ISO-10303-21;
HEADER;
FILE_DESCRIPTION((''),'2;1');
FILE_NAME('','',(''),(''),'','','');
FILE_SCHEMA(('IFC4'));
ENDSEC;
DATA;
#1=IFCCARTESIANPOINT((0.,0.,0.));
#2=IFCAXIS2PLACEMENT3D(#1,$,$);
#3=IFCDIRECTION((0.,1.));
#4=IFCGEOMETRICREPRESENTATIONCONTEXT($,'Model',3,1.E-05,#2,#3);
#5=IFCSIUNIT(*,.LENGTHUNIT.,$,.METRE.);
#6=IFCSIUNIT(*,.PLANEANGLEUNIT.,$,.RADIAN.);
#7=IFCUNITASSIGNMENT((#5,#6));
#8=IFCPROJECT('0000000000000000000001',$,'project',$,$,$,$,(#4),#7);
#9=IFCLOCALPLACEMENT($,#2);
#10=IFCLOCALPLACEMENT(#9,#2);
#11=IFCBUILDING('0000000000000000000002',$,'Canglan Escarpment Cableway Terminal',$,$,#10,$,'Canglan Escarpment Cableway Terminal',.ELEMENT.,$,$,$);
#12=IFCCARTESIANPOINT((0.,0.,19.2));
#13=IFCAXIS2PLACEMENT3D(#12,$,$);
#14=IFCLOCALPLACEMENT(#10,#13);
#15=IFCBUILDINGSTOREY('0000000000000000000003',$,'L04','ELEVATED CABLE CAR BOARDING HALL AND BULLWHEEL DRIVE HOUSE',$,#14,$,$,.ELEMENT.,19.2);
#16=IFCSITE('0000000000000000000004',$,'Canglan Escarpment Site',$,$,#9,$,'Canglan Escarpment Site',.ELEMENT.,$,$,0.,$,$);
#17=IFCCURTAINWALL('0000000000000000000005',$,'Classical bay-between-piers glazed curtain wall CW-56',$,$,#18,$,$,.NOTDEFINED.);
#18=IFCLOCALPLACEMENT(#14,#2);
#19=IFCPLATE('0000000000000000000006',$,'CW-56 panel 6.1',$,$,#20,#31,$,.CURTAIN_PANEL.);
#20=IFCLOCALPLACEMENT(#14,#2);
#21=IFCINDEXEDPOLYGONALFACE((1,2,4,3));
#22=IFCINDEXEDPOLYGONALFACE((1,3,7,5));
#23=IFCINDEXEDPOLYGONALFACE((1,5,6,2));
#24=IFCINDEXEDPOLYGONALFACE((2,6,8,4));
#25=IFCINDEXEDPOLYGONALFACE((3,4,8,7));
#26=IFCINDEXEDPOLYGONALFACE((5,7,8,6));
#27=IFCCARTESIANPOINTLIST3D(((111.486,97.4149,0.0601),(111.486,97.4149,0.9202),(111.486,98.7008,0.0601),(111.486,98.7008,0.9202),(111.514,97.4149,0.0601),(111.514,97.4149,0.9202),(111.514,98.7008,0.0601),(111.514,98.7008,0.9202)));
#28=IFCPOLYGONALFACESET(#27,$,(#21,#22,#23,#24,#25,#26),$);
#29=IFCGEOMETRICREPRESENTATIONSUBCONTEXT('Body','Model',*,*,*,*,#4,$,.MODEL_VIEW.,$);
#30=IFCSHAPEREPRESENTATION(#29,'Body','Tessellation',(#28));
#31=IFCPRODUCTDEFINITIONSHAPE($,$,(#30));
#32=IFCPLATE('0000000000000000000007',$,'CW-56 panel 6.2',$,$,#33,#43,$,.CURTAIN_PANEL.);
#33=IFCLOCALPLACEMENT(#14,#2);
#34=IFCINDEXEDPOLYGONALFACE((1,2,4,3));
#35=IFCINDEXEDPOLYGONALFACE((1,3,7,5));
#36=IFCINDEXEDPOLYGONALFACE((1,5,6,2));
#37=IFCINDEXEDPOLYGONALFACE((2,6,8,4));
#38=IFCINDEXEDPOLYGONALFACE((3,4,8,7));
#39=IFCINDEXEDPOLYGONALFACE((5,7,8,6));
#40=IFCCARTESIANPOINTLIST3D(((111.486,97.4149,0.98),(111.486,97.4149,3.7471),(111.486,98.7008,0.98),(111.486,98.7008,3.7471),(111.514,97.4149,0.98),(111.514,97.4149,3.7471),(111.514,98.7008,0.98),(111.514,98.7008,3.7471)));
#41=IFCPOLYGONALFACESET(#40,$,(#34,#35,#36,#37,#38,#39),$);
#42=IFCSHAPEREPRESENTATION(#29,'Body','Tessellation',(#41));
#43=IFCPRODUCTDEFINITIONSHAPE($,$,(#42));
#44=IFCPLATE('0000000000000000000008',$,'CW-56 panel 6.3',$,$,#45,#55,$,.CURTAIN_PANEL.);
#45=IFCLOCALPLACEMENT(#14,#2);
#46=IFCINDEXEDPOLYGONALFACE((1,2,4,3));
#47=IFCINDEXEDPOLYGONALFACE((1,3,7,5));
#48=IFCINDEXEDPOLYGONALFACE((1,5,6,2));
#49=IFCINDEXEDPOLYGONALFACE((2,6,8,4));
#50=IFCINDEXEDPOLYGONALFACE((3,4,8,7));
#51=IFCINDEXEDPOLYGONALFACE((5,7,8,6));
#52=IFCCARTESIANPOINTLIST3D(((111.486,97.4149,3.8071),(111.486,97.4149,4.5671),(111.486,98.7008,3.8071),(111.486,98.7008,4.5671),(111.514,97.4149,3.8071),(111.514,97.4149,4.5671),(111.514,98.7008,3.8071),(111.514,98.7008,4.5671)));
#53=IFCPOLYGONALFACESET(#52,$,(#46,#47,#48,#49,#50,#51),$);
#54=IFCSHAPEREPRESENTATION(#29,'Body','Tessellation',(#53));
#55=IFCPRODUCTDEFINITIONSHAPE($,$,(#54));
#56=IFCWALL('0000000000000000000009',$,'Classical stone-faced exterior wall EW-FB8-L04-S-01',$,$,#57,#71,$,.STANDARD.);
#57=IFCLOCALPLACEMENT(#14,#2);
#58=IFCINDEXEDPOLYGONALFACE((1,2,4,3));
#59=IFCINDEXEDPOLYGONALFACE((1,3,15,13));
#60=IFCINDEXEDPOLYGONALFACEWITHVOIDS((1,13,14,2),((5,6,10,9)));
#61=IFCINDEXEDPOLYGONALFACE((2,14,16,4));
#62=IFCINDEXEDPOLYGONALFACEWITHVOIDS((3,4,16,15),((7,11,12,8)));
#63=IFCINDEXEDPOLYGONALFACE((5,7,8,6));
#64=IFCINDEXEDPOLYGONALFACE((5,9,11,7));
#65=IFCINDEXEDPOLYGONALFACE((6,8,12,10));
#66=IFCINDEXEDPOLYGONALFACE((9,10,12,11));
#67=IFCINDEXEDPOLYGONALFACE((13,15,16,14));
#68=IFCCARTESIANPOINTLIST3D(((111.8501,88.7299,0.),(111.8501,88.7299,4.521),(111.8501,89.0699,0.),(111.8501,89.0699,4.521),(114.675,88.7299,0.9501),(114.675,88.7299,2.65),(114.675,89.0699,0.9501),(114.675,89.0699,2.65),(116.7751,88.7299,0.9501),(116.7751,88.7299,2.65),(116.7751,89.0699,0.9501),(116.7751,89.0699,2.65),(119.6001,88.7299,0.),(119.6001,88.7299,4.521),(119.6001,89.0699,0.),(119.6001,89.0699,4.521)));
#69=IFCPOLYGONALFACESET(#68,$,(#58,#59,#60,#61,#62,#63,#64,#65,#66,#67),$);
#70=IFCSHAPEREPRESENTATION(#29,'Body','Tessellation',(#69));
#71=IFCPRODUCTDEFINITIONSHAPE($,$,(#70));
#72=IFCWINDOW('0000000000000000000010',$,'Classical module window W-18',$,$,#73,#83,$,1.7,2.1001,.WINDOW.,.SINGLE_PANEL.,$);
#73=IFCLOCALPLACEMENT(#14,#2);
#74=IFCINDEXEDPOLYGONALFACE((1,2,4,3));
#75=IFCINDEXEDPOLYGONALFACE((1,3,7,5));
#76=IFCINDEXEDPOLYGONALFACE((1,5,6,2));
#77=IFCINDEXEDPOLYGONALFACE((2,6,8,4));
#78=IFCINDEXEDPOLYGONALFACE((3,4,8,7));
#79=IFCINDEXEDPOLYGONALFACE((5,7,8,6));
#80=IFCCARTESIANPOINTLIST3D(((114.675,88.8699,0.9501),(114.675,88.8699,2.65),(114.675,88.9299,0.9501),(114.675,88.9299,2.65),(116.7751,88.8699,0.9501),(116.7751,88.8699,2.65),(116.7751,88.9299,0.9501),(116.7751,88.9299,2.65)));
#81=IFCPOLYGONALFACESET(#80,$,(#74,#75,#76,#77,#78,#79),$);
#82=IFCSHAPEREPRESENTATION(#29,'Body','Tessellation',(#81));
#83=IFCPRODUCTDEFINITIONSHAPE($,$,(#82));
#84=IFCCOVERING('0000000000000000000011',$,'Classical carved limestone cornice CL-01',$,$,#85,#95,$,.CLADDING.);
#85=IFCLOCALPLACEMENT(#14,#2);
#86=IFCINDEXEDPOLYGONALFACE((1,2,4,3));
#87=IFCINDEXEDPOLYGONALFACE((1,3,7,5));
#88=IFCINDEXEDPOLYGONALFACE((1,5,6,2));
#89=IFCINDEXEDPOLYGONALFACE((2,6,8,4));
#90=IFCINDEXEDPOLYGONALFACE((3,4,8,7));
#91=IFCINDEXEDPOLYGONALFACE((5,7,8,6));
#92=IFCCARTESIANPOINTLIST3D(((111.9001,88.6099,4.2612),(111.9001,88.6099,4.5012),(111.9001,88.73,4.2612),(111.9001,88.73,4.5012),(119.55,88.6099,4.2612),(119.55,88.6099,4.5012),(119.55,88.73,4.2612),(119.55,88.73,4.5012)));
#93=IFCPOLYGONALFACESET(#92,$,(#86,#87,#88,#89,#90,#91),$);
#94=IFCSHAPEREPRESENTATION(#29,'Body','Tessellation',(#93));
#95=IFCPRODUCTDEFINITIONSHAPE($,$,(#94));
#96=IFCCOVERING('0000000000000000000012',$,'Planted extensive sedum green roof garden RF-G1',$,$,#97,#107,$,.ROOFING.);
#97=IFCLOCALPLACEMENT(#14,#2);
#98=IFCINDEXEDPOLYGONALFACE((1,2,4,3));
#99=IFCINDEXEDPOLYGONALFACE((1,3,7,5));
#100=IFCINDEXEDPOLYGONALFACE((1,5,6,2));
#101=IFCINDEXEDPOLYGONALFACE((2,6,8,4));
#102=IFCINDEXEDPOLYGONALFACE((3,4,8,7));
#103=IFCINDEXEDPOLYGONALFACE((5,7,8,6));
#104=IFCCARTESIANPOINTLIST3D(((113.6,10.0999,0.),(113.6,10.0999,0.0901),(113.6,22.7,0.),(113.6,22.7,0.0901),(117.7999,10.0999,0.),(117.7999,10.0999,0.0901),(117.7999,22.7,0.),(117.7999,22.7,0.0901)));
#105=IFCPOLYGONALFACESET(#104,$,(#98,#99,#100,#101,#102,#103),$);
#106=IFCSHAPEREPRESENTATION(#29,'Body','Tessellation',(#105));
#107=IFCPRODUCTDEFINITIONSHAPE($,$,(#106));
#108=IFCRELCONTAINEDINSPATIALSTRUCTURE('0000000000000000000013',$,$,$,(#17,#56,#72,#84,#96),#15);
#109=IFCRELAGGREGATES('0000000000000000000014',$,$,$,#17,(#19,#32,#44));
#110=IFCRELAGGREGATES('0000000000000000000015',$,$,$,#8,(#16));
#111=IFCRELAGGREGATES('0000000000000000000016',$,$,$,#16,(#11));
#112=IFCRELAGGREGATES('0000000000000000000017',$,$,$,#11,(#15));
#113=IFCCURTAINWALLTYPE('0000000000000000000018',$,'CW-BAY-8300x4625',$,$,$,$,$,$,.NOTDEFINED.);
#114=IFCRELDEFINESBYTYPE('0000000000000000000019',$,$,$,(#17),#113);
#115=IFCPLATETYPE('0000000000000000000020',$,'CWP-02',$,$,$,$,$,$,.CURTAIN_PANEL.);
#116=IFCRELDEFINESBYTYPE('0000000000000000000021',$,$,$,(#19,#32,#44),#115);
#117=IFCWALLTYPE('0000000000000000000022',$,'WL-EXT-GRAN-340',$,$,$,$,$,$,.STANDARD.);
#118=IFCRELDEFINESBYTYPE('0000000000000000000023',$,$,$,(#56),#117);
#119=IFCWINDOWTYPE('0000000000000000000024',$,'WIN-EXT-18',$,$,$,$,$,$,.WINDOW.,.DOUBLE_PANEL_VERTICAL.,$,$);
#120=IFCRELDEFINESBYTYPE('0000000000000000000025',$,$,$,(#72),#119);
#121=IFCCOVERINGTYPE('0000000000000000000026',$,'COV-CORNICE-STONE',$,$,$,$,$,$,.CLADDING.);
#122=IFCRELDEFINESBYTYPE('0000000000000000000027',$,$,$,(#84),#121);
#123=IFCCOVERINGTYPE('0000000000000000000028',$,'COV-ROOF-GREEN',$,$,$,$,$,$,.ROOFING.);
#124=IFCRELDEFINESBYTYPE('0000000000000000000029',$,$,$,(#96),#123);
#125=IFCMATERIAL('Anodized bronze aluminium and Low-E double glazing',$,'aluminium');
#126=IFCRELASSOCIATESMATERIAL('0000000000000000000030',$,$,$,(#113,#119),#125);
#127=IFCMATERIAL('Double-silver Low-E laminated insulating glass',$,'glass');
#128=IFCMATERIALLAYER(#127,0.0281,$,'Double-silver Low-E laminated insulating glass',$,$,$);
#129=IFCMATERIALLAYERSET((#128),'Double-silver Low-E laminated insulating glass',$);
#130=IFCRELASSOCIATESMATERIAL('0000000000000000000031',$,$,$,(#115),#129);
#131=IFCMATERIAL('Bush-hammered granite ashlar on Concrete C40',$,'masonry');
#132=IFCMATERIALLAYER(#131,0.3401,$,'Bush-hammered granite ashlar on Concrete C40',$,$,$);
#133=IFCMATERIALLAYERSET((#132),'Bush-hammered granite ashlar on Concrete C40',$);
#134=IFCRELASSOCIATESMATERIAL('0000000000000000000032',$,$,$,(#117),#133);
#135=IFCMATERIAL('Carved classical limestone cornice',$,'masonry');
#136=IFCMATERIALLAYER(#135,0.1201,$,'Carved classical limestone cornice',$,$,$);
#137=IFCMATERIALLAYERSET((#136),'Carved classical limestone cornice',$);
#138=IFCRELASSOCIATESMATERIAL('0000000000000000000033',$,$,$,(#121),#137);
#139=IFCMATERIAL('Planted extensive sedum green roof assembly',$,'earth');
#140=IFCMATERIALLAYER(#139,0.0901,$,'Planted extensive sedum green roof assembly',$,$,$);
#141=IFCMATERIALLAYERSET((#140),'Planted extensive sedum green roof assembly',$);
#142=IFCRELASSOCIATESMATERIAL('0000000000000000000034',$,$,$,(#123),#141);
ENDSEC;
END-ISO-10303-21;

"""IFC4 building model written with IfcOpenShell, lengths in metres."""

from ifc_helpers import new_model, si_unit, direction, frame, frame_2d, origin, origin_2d, place, context, subcontext, project, spatial, rectangle, extrude, material, layer, layer_set, type_object, element, fill, aggregate, save


model = new_model("IFC4")

# Units and contexts
model_context = context("Model", 3, precision=1e-05, world=origin(), true_north=direction((0.0, 1.0)))
body_context = subcontext(model_context, "Body", "Model", "MODEL_VIEW")
ifc_project = project(units=[si_unit("LENGTHUNIT", "METRE"), si_unit("PLANEANGLEUNIT", "RADIAN")], contexts=[model_context])

# Site, building, storey
site_placement = place(None, origin())
site = spatial("IfcSite", under=ifc_project, at=site_placement, Name="Canglan Escarpment Site", LongName="Canglan Escarpment Site", CompositionType="ELEMENT", RefElevation=0.0)
building_placement = place(site_placement, origin())
building = spatial("IfcBuilding", under=site, at=building_placement, Name="Canglan Escarpment Cableway Terminal", LongName="Canglan Escarpment Cableway Terminal", CompositionType="ELEMENT")
storey_placement = place(building_placement, frame((0.0, 0.0, 19.2)))
storey = spatial("IfcBuildingStorey", under=building, at=storey_placement, Name="L04", Description="ELEVATED CABLE CAR BOARDING HALL AND BULLWHEEL DRIVE HOUSE", CompositionType="ELEMENT", Elevation=19.2)

# Curtain wall
ifc_material_1 = material(Name="Anodized bronze aluminium and Low-E double glazing", Category="aluminium")
curtain_wall_type = type_object("IfcCurtainWallType", Name="CW-BAY-8300x4625", PredefinedType="NOTDEFINED", material=ifc_material_1)
curtain_wall_placement = place(storey_placement, origin())
curtain_wall = element("IfcCurtainWall", 1, at=curtain_wall_placement, inside=storey, type_object=curtain_wall_type, Name="Classical bay-between-piers glazed curtain wall CW-56", PredefinedType="NOTDEFINED")

# Plates
ifc_material_2 = material(Name="Double-silver Low-E laminated insulating glass", Category="glass")
ifc_layer_1 = layer(ifc_material_2, 0.0281, Name="Double-silver Low-E laminated insulating glass")
ifc_layer_set_1 = layer_set([ifc_layer_1], Name="Double-silver Low-E laminated insulating glass")
plate_type = type_object("IfcPlateType", Name="CWP-02", PredefinedType="CURTAIN_PANEL", material=ifc_layer_set_1)
plate_1_placement = place(storey_placement, frame((111.5, 98.0579, 0.0601), z_axis=(0.0, 0.0, 1.0), x_axis=(0.0, -1.0, 0.0)))
plate_1 = element("IfcPlate", 2, at=plate_1_placement, type_object=plate_type, Name="CW-56 panel 6.1", PredefinedType="CURTAIN_PANEL", context=body_context, shape_type="SweptSolid", body=[
    extrude(rectangle(XDim=1.2859, YDim=0.0281, at=origin_2d()), origin(), (0.0, 0.0, 1.0), 0.8601),
])
plate_2_placement = place(storey_placement, frame((111.5, 98.0579, 0.98), z_axis=(0.0, 0.0, 1.0), x_axis=(0.0, -1.0, 0.0)))
plate_2 = element("IfcPlate", 3, at=plate_2_placement, type_object=plate_type, Name="CW-56 panel 6.2", PredefinedType="CURTAIN_PANEL", context=body_context, shape_type="SweptSolid", body=[
    extrude(rectangle(XDim=1.2859, YDim=0.0281, at=origin_2d()), origin(), (0.0, 0.0, 1.0), 2.7671),
])
plate_3_placement = place(storey_placement, frame((111.5, 98.0579, 3.8071), z_axis=(0.0, 0.0, 1.0), x_axis=(0.0, -1.0, 0.0)))
plate_3 = element("IfcPlate", 4, at=plate_3_placement, type_object=plate_type, Name="CW-56 panel 6.3", PredefinedType="CURTAIN_PANEL", context=body_context, shape_type="SweptSolid", body=[
    extrude(rectangle(XDim=1.2859, YDim=0.0281, at=origin_2d()), origin(), (0.0, 0.0, 1.0), 0.76),
])
aggregate(curtain_wall, [plate_1, plate_2, plate_3])

# Wall, opening, window
ifc_material_3 = material(Name="Bush-hammered granite ashlar on Concrete C40", Category="masonry")
ifc_layer_2 = layer(ifc_material_3, 0.3401, Name="Bush-hammered granite ashlar on Concrete C40")
ifc_layer_set_2 = layer_set([ifc_layer_2], Name="Bush-hammered granite ashlar on Concrete C40")
wall_type = type_object("IfcWallType", Name="WL-EXT-GRAN-340", PredefinedType="STANDARD", material=ifc_layer_set_2)
wall_placement = place(storey_placement, frame((111.8501, 88.8999, 0.0), z_axis=(0.0, 0.0, 1.0), x_axis=(1.0, 0.0, 0.0)))
wall = element("IfcWall", 5, at=wall_placement, inside=storey, type_object=wall_type, Name="Classical stone-faced exterior wall EW-FB8-L04-S-01", PredefinedType="STANDARD", context=body_context, shape_type="SweptSolid", body=[
    extrude(rectangle(XDim=7.75, YDim=0.3401, at=frame_2d((3.875, 0.0))), origin(), (0.0, 0.0, 1.0), 4.521),
])
opening_placement = place(wall_placement, frame((2.825, 0.0, 0.95)))
opening = element("IfcOpeningElement", 6, at=opening_placement, cuts=wall, PredefinedType="OPENING", context=body_context, shape_type="SweptSolid", body=[
    extrude(rectangle(XDim=2.1001, YDim=1.7, at=frame_2d((1.05, 0.8501))), frame((0.0, 0.1802, 0.0), z_axis=(0.0, -1.0, 0.0), x_axis=(1.0, 0.0, 0.0)), (0.0, 0.0, 1.0), 0.3601),
])
window_type = type_object("IfcWindowType", Name="WIN-EXT-18", PartitioningType="DOUBLE_PANEL_VERTICAL", PredefinedType="WINDOW", material=ifc_material_1)
window_placement = place(opening_placement, origin())
window = element("IfcWindow", 7, at=window_placement, inside=storey, type_object=window_type, Name="Classical module window W-18", OverallHeight=1.7, OverallWidth=2.1001, PartitioningType="SINGLE_PANEL", PredefinedType="WINDOW", context=body_context, shape_type="SweptSolid", body=[
    extrude(rectangle(XDim=2.1001, YDim=1.7, at=frame_2d((1.05, 0.8501))), frame((0.0, 0.03, 0.0), z_axis=(0.0, -1.0, 0.0), x_axis=(1.0, 0.0, 0.0)), (0.0, 0.0, 1.0), 0.0601),
])
fill(opening, window)

# Coverings
ifc_material_4 = material(Name="Carved classical limestone cornice", Category="masonry")
ifc_layer_3 = layer(ifc_material_4, 0.1201, Name="Carved classical limestone cornice")
ifc_layer_set_3 = layer_set([ifc_layer_3], Name="Carved classical limestone cornice")
covering_type_1 = type_object("IfcCoveringType", Name="COV-CORNICE-STONE", PredefinedType="CLADDING", material=ifc_layer_set_3)
covering_1_placement = place(storey_placement, frame((115.7251, 88.6699, 4.2612), z_axis=(0.0, 0.0, 1.0), x_axis=(1.0, 0.0, 0.0)))
element("IfcCovering", 8, at=covering_1_placement, inside=storey, type_object=covering_type_1, Name="Classical carved limestone cornice CL-01", PredefinedType="CLADDING", context=body_context, shape_type="SweptSolid", body=[
    extrude(rectangle(XDim=7.6499, YDim=0.1201, at=origin_2d()), origin(), (0.0, 0.0, 1.0), 0.24),
])
ifc_material_5 = material(Name="Planted extensive sedum green roof assembly", Category="earth")
ifc_layer_4 = layer(ifc_material_5, 0.0901, Name="Planted extensive sedum green roof assembly")
ifc_layer_set_4 = layer_set([ifc_layer_4], Name="Planted extensive sedum green roof assembly")
covering_type_2 = type_object("IfcCoveringType", Name="COV-ROOF-GREEN", PredefinedType="ROOFING", material=ifc_layer_set_4)
covering_2_placement = place(storey_placement, frame((115.7, 16.3999, 0.0), z_axis=(0.0, 0.0, 1.0), x_axis=(1.0, 0.0, 0.0)))
element("IfcCovering", 9, at=covering_2_placement, inside=storey, type_object=covering_type_2, Name="Planted extensive sedum green roof garden RF-G1", PredefinedType="ROOFING", context=body_context, shape_type="SweptSolid", body=[
    extrude(rectangle(XDim=4.2, YDim=12.6001, at=origin_2d()), origin(), (0.0, 0.0, 1.0), 0.0901),
])

save(model, "model.ifc")
